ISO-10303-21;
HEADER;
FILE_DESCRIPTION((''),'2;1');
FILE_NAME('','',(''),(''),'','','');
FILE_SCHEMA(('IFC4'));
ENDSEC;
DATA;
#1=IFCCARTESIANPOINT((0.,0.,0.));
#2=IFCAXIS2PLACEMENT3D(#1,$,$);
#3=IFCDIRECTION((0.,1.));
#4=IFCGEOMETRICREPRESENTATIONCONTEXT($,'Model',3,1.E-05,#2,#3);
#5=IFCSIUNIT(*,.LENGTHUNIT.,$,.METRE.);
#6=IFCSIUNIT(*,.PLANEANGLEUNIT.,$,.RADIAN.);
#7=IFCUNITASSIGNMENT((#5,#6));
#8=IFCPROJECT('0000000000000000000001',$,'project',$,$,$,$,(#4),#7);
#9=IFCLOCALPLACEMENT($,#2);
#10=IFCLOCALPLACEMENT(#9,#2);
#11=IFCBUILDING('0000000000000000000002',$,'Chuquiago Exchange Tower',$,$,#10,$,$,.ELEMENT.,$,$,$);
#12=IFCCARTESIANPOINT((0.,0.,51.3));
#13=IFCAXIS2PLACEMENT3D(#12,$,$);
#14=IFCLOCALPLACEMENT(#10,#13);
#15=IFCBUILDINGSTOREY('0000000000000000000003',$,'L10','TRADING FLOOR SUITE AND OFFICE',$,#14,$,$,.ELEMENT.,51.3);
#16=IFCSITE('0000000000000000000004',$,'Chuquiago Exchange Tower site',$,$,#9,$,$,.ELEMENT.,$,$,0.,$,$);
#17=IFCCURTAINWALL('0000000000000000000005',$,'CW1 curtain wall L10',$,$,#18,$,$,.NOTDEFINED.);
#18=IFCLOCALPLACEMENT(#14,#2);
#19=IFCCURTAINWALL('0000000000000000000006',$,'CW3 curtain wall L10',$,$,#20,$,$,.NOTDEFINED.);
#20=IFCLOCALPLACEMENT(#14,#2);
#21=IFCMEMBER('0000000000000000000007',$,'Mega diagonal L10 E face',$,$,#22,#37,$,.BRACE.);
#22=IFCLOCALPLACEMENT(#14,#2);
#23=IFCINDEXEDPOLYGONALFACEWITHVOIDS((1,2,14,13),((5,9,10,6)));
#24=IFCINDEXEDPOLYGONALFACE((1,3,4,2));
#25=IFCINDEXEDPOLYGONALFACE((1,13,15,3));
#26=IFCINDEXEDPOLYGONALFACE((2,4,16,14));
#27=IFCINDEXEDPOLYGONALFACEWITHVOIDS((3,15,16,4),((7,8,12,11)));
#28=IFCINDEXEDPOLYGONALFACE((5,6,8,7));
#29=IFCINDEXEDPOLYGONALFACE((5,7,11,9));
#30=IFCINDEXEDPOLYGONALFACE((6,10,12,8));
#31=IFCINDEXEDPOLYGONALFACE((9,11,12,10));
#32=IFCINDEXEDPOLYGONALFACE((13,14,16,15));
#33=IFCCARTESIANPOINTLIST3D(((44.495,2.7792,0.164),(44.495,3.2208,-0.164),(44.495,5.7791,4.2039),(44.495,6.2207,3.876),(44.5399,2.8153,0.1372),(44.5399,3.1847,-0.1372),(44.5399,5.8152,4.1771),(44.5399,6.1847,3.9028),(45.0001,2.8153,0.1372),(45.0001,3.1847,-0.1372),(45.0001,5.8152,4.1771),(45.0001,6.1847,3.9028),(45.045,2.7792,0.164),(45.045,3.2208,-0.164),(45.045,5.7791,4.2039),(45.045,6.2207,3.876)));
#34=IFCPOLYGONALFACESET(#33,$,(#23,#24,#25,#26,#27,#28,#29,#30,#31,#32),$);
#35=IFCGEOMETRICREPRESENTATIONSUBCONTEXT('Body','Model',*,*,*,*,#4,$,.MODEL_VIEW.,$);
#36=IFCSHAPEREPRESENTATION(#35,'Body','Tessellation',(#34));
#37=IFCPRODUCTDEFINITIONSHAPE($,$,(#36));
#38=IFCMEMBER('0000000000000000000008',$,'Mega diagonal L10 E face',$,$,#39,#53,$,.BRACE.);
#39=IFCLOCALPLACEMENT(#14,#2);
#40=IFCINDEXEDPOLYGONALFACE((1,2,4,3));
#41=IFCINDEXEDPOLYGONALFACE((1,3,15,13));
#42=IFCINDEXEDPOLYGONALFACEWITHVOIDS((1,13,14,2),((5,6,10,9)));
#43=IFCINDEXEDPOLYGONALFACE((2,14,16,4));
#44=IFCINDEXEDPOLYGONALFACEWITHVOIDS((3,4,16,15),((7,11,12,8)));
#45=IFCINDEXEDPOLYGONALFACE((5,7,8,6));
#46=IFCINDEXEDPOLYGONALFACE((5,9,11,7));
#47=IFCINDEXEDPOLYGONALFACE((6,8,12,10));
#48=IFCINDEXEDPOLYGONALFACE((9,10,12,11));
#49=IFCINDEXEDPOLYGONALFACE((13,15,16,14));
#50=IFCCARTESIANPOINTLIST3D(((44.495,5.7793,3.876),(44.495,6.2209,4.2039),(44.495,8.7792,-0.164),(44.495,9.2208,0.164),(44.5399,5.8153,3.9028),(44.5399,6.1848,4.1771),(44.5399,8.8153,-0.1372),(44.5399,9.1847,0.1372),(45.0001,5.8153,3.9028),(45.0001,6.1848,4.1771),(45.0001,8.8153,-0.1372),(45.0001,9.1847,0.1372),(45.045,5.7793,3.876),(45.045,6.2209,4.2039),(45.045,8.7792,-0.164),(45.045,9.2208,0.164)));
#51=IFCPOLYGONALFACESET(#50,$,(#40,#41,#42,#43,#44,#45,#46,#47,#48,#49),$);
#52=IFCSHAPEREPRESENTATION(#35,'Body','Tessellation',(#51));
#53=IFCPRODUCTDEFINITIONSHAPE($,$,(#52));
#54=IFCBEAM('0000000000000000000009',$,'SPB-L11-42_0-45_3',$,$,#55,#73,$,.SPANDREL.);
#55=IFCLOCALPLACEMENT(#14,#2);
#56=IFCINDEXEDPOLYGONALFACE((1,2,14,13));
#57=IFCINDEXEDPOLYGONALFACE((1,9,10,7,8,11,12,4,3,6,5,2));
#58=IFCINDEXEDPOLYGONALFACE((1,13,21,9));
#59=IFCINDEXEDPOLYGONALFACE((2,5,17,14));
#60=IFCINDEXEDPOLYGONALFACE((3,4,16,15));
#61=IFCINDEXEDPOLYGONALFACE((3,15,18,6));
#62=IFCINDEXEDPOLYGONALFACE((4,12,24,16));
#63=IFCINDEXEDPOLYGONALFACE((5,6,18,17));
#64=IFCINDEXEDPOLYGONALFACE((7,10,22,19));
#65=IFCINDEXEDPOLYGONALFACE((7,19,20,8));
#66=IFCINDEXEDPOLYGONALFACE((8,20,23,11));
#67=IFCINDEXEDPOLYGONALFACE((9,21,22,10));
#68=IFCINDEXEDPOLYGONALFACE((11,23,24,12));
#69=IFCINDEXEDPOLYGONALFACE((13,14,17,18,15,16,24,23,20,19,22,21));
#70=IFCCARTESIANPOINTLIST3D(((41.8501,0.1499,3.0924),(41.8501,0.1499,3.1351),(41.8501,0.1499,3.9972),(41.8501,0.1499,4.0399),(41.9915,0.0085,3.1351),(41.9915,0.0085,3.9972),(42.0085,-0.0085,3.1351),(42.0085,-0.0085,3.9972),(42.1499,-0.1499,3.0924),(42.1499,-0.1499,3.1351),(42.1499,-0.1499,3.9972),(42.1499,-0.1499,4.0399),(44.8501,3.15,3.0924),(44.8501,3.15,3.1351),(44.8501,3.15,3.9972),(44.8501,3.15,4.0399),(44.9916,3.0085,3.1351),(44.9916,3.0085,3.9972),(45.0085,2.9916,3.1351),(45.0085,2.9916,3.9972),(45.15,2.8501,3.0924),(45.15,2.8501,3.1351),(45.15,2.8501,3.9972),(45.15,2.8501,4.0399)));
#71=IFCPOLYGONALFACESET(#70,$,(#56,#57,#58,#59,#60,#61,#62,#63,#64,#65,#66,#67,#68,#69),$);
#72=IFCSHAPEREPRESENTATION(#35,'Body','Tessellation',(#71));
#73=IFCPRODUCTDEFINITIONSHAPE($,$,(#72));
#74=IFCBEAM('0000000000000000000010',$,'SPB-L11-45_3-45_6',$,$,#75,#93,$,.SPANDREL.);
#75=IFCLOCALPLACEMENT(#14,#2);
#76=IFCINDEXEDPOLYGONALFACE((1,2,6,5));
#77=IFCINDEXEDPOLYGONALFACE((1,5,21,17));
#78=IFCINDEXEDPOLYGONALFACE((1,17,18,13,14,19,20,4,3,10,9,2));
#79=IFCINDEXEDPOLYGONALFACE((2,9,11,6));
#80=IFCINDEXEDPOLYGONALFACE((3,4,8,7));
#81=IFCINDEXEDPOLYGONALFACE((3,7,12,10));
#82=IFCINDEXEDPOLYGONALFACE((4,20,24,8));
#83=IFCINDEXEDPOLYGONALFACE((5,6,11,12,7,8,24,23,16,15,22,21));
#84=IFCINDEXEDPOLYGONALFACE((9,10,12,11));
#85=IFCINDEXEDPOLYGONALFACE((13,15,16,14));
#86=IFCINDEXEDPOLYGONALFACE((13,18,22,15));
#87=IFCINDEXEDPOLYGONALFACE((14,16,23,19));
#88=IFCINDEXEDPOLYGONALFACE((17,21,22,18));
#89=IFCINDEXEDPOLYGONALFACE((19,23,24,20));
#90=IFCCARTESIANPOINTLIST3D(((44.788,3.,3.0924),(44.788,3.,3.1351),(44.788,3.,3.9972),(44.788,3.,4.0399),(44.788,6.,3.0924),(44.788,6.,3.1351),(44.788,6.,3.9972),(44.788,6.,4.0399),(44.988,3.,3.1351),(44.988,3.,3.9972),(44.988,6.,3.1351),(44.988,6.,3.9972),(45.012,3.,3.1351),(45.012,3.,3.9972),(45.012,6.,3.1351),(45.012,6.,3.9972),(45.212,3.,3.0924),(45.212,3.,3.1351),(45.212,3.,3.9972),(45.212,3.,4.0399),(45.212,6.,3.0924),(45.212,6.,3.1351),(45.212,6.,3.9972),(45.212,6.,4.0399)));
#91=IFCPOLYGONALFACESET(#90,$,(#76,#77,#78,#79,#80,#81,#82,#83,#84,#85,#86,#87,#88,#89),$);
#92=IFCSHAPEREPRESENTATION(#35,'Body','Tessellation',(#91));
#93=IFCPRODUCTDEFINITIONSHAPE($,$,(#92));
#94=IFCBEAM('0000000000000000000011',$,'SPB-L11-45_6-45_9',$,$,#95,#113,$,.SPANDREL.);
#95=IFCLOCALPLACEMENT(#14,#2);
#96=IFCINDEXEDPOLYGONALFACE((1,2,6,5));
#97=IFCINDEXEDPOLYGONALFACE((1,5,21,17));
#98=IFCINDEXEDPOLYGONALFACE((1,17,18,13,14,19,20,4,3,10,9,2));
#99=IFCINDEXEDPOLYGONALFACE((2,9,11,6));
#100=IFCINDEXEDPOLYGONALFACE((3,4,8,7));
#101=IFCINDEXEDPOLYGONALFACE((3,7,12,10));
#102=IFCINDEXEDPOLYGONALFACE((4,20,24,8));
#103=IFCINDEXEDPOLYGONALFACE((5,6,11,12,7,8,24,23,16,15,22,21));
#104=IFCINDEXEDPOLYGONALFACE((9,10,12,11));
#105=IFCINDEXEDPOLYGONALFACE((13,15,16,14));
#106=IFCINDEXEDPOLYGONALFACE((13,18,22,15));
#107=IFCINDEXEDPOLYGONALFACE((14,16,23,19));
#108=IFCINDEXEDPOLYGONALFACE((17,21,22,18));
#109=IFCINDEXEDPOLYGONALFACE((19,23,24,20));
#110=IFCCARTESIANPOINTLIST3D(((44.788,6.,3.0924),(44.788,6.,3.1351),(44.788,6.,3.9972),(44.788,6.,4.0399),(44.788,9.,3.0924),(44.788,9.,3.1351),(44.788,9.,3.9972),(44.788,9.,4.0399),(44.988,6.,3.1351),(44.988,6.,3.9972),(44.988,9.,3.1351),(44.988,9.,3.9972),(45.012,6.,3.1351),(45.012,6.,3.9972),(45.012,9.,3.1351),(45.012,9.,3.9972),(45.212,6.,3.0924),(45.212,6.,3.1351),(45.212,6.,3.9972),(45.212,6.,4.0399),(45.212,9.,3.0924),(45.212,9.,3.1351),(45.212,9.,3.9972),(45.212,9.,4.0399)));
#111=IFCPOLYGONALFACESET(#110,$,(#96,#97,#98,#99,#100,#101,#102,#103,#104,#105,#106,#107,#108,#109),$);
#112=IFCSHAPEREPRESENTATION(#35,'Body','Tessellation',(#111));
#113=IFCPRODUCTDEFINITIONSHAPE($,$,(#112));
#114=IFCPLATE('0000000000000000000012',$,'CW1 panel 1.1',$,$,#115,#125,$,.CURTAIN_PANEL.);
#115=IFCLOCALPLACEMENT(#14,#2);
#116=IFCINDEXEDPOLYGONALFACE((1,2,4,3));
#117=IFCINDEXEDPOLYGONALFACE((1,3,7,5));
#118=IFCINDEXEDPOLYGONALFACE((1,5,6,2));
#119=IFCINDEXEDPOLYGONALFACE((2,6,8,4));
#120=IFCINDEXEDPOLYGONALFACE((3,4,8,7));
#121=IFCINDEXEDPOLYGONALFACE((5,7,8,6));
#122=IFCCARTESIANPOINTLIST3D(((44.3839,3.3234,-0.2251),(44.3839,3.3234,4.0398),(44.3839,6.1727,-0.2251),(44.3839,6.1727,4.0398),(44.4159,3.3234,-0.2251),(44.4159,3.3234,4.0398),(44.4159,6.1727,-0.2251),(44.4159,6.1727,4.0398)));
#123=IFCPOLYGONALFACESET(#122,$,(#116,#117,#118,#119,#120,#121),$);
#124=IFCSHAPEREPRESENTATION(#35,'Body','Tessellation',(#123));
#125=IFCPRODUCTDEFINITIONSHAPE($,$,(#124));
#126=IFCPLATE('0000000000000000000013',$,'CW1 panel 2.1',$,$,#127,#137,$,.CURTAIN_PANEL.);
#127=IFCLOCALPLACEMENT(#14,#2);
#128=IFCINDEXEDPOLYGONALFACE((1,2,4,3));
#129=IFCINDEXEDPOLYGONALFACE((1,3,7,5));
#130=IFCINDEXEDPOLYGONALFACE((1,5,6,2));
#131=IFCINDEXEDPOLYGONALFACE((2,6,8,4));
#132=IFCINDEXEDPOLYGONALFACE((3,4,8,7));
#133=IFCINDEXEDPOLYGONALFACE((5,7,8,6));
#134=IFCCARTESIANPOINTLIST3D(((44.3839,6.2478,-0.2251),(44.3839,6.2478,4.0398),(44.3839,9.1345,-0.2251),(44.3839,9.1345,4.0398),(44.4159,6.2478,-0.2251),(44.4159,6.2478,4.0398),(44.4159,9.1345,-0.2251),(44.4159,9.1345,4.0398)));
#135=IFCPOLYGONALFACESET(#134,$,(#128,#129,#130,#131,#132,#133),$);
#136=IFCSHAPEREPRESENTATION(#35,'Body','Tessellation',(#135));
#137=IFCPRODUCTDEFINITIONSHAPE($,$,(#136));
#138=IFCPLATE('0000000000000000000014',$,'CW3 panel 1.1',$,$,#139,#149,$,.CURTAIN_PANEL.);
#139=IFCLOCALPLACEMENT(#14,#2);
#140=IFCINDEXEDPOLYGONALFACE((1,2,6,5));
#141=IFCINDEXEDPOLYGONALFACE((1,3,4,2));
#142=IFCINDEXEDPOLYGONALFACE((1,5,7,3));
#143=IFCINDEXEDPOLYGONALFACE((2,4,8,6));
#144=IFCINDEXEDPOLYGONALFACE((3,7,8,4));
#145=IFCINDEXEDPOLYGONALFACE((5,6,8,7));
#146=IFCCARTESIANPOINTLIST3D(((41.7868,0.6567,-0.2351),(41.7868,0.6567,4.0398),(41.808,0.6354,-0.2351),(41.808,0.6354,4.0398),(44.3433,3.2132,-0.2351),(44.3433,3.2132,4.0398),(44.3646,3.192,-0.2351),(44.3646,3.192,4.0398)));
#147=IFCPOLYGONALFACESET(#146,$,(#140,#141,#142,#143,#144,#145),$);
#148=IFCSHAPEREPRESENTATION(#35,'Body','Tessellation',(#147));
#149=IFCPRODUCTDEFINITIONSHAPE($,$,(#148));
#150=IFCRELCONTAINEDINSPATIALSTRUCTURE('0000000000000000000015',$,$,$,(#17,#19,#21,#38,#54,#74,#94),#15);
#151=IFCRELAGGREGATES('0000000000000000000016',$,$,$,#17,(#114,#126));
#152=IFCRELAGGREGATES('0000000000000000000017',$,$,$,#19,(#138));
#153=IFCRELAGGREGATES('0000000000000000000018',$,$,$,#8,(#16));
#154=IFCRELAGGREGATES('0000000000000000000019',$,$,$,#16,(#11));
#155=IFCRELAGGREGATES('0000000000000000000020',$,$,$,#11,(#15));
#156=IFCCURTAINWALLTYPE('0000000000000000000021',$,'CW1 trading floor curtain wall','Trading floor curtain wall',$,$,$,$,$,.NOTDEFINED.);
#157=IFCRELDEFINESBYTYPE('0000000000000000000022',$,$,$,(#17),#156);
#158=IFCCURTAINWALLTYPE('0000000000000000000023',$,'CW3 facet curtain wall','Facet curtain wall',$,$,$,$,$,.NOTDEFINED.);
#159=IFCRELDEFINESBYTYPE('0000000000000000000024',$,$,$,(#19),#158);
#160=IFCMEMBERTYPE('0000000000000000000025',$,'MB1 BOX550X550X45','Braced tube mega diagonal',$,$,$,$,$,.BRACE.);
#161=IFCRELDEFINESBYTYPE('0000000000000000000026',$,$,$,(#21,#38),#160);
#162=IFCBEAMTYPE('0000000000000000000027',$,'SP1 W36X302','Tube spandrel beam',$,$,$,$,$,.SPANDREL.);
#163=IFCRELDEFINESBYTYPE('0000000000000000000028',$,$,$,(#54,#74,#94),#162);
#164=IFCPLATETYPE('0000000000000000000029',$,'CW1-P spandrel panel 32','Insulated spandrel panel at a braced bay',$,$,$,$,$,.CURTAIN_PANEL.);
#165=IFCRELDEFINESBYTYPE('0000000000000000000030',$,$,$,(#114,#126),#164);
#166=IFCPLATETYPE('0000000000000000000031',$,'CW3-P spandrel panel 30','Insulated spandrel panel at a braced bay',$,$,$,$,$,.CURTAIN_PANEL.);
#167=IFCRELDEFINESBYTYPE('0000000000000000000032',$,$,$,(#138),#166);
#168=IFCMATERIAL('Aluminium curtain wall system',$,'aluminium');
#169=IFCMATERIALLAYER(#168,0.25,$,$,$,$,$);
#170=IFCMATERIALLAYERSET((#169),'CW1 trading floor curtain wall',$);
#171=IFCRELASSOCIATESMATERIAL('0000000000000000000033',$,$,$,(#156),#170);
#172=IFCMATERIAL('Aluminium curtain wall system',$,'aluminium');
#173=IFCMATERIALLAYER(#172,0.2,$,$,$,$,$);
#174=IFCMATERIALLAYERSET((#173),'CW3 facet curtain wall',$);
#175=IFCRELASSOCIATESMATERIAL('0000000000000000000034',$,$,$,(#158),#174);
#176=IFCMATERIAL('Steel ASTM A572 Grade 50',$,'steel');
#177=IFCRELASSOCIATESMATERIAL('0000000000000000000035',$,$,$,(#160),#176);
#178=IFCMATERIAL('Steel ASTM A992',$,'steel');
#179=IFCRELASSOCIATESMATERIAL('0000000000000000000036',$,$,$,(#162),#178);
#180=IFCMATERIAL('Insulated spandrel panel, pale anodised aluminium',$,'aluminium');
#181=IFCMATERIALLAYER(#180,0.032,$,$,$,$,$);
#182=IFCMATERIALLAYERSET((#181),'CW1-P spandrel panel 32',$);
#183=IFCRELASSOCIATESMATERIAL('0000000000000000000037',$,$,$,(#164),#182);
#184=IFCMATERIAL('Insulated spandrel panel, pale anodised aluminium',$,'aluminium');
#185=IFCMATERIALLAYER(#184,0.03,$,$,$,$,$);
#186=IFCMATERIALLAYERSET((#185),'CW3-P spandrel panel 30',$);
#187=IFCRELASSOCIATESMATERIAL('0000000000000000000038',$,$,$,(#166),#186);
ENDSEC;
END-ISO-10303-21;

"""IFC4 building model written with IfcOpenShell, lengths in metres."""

from ifc_helpers import new_model, si_unit, direction, frame, origin, origin_2d, place, context, subcontext, project, spatial, rectangle, hollow_rectangle, i_section, extrude, material, layer, layer_set, material_profile, profile_set, type_object, element, aggregate, save


model = new_model("IFC4")

# Units and contexts
model_context = context("Model", 3, precision=1e-05, world=origin(), true_north=direction((0.0, 1.0)))
body_context = subcontext(model_context, "Body", "Model", "MODEL_VIEW")
ifc_project = project(units=[si_unit("LENGTHUNIT", "METRE"), si_unit("PLANEANGLEUNIT", "RADIAN")], contexts=[model_context])

# Site, building, storey
site_placement = place(None, origin())
site = spatial("IfcSite", under=ifc_project, at=site_placement, Name="Chuquiago Exchange Tower site", CompositionType="ELEMENT", RefElevation=0.0)
building_placement = place(site_placement, origin())
building = spatial("IfcBuilding", under=site, at=building_placement, Name="Chuquiago Exchange Tower", CompositionType="ELEMENT")
storey_placement = place(building_placement, frame((0.0, 0.0, 51.3)))
storey = spatial("IfcBuildingStorey", under=building, at=storey_placement, Name="L10", Description="TRADING FLOOR SUITE AND OFFICE", CompositionType="ELEMENT", Elevation=51.3)

# Curtain walls
ifc_material_1 = material(Name="Aluminium curtain wall system", Category="aluminium")
ifc_layer_1 = layer(ifc_material_1, 0.25)
ifc_layer_set_1 = layer_set([ifc_layer_1], Name="CW1 trading floor curtain wall")
curtain_wall_type_1 = type_object("IfcCurtainWallType", Name="CW1 trading floor curtain wall", Description="Trading floor curtain wall", PredefinedType="NOTDEFINED", material=ifc_layer_set_1)
curtain_wall_1_placement = place(storey_placement, origin())
curtain_wall_1 = element("IfcCurtainWall", 1, at=curtain_wall_1_placement, inside=storey, type_object=curtain_wall_type_1, Name="CW1 curtain wall L10", PredefinedType="NOTDEFINED")
ifc_material_2 = material(Name="Aluminium curtain wall system", Category="aluminium")
ifc_layer_2 = layer(ifc_material_2, 0.2)
ifc_layer_set_2 = layer_set([ifc_layer_2], Name="CW3 facet curtain wall")
curtain_wall_type_2 = type_object("IfcCurtainWallType", Name="CW3 facet curtain wall", Description="Facet curtain wall", PredefinedType="NOTDEFINED", material=ifc_layer_set_2)
curtain_wall_2_placement = place(storey_placement, origin())
curtain_wall_2 = element("IfcCurtainWall", 2, at=curtain_wall_2_placement, inside=storey, type_object=curtain_wall_type_2, Name="CW3 curtain wall L10", PredefinedType="NOTDEFINED")

# Members
ifc_material_3 = material(Name="Steel ASTM A572 Grade 50", Category="steel")
ifc_material_profile_1 = material_profile(ifc_material_3, hollow_rectangle(XDim=0.55, YDim=0.55, WallThickness=0.0449, at=origin_2d()), Name="BOX550X550X45")
ifc_profile_set_1 = profile_set([ifc_material_profile_1], Name="Steel ASTM A572 Grade 50")
member_type_1 = type_object("IfcMemberType", Name="MB1 BOX550X550X45", Description="Braced tube mega diagonal", PredefinedType="BRACE", material=ifc_profile_set_1)
for number, where, z_axis, x_axis, name in (
    (3, (44.77, 3.0, 0.0), (0.0, 0.596174, 0.802855), (-1.0, 0.0, 0.0), "Mega diagonal L10 E face"),
    (4, (44.77, 9.0, 0.0), (0.0, -0.596174, 0.802855), (1.0, 0.0, 0.0), "Mega diagonal L10 E face"),
):
    element("IfcMember", number, at=place(storey_placement, frame(where, z_axis=z_axis, x_axis=x_axis)), inside=storey, type_object=member_type_1, Name=name, PredefinedType="BRACE", context=body_context, shape_type="SweptSolid", body=[
        extrude(hollow_rectangle(XDim=0.55, YDim=0.55, WallThickness=0.0449, at=origin_2d()), origin(), (0.0, 0.0, 1.0), 5.032),
    ])

# Beams
ifc_material_4 = material(Name="Steel ASTM A992", Category="steel")
ifc_material_profile_2 = material_profile(ifc_material_4, i_section(OverallWidth=0.4241, OverallDepth=0.9475, WebThickness=0.0239, FlangeThickness=0.0427, at=origin_2d()), Name="W36X302")
ifc_profile_set_2 = profile_set([ifc_material_profile_2], Name="Steel ASTM A992")
beam_type = type_object("IfcBeamType", Name="SP1 W36X302", Description="Tube spandrel beam", PredefinedType="SPANDREL", material=ifc_profile_set_2)
beam_placement = place(storey_placement, frame((42.0, 0.0, 3.5662), z_axis=(0.707107, 0.707107, 0.0), x_axis=(-0.707107, 0.707107, 0.0)))
element("IfcBeam", 5, at=beam_placement, inside=storey, type_object=beam_type, Name="SPB-L11-42_0-45_3", PredefinedType="SPANDREL", context=body_context, shape_type="SweptSolid", body=[
    extrude(i_section(OverallWidth=0.4241, OverallDepth=0.9475, WebThickness=0.0239, FlangeThickness=0.0427, at=origin_2d()), origin(), (0.0, 0.0, 1.0), 4.2427),
])
for number, where, z_axis, x_axis, name in (
    (6, (45.0, 3.0, 3.5662), (0.0, 1.0, 0.0), (-1.0, 0.0, 0.0), "SPB-L11-45_3-45_6"),
    (7, (45.0, 6.0, 3.5662), (0.0, 1.0, 0.0), (-1.0, 0.0, 0.0), "SPB-L11-45_6-45_9"),
):
    element("IfcBeam", number, at=place(storey_placement, frame(where, z_axis=z_axis, x_axis=x_axis)), inside=storey, type_object=beam_type, Name=name, PredefinedType="SPANDREL", context=body_context, shape_type="SweptSolid", body=[
        extrude(i_section(OverallWidth=0.4241, OverallDepth=0.9475, WebThickness=0.0239, FlangeThickness=0.0427, at=origin_2d()), origin(), (0.0, 0.0, 1.0), 3.0),
    ])

# Plates
ifc_material_5 = material(Name="Insulated spandrel panel, pale anodised aluminium", Category="aluminium")
ifc_layer_3 = layer(ifc_material_5, 0.032)
ifc_layer_set_3 = layer_set([ifc_layer_3], Name="CW1-P spandrel panel 32")
plate_type_1 = type_object("IfcPlateType", Name="CW1-P spandrel panel 32", Description="Insulated spandrel panel at a braced bay", PredefinedType="CURTAIN_PANEL", material=ifc_layer_set_3)
plate_1_placement = place(storey_placement, frame((44.3999, 4.748, -0.2251), z_axis=(0.0, 0.0, 1.0), x_axis=(0.0, 1.0, 0.0)))
plate_1 = element("IfcPlate", 8, at=plate_1_placement, type_object=plate_type_1, Name="CW1 panel 1.1", PredefinedType="CURTAIN_PANEL", context=body_context, shape_type="SweptSolid", body=[
    extrude(rectangle(XDim=2.8494, YDim=0.032, at=origin_2d()), origin(), (0.0, 0.0, 1.0), 4.2649),
])
plate_2_placement = place(storey_placement, frame((44.3999, 7.6912, -0.2251), z_axis=(0.0, 0.0, 1.0), x_axis=(0.0, 1.0, 0.0)))
plate_2 = element("IfcPlate", 9, at=plate_2_placement, type_object=plate_type_1, Name="CW1 panel 2.1", PredefinedType="CURTAIN_PANEL", context=body_context, shape_type="SweptSolid", body=[
    extrude(rectangle(XDim=2.8867, YDim=0.032, at=origin_2d()), origin(), (0.0, 0.0, 1.0), 4.2649),
])
aggregate(curtain_wall_1, [plate_1, plate_2])
ifc_material_6 = material(Name="Insulated spandrel panel, pale anodised aluminium", Category="aluminium")
ifc_layer_4 = layer(ifc_material_6, 0.03)
ifc_layer_set_4 = layer_set([ifc_layer_4], Name="CW3-P spandrel panel 30")
plate_type_2 = type_object("IfcPlateType", Name="CW3-P spandrel panel 30", Description="Insulated spandrel panel at a braced bay", PredefinedType="CURTAIN_PANEL", material=ifc_layer_set_4)
plate_3_placement = place(storey_placement, frame((43.0757, 1.9243, -0.2351), z_axis=(0.0, 0.0, 1.0), x_axis=(0.707107, 0.707107, 0.0)))
plate_3 = element("IfcPlate", 10, at=plate_3_placement, type_object=plate_type_2, Name="CW3 panel 1.1", PredefinedType="CURTAIN_PANEL", context=body_context, shape_type="SweptSolid", body=[
    extrude(rectangle(XDim=3.6155, YDim=0.03, at=origin_2d()), origin(), (0.0, 0.0, 1.0), 4.2749),
])
aggregate(curtain_wall_2, [plate_3])

save(model, "model.ifc")
